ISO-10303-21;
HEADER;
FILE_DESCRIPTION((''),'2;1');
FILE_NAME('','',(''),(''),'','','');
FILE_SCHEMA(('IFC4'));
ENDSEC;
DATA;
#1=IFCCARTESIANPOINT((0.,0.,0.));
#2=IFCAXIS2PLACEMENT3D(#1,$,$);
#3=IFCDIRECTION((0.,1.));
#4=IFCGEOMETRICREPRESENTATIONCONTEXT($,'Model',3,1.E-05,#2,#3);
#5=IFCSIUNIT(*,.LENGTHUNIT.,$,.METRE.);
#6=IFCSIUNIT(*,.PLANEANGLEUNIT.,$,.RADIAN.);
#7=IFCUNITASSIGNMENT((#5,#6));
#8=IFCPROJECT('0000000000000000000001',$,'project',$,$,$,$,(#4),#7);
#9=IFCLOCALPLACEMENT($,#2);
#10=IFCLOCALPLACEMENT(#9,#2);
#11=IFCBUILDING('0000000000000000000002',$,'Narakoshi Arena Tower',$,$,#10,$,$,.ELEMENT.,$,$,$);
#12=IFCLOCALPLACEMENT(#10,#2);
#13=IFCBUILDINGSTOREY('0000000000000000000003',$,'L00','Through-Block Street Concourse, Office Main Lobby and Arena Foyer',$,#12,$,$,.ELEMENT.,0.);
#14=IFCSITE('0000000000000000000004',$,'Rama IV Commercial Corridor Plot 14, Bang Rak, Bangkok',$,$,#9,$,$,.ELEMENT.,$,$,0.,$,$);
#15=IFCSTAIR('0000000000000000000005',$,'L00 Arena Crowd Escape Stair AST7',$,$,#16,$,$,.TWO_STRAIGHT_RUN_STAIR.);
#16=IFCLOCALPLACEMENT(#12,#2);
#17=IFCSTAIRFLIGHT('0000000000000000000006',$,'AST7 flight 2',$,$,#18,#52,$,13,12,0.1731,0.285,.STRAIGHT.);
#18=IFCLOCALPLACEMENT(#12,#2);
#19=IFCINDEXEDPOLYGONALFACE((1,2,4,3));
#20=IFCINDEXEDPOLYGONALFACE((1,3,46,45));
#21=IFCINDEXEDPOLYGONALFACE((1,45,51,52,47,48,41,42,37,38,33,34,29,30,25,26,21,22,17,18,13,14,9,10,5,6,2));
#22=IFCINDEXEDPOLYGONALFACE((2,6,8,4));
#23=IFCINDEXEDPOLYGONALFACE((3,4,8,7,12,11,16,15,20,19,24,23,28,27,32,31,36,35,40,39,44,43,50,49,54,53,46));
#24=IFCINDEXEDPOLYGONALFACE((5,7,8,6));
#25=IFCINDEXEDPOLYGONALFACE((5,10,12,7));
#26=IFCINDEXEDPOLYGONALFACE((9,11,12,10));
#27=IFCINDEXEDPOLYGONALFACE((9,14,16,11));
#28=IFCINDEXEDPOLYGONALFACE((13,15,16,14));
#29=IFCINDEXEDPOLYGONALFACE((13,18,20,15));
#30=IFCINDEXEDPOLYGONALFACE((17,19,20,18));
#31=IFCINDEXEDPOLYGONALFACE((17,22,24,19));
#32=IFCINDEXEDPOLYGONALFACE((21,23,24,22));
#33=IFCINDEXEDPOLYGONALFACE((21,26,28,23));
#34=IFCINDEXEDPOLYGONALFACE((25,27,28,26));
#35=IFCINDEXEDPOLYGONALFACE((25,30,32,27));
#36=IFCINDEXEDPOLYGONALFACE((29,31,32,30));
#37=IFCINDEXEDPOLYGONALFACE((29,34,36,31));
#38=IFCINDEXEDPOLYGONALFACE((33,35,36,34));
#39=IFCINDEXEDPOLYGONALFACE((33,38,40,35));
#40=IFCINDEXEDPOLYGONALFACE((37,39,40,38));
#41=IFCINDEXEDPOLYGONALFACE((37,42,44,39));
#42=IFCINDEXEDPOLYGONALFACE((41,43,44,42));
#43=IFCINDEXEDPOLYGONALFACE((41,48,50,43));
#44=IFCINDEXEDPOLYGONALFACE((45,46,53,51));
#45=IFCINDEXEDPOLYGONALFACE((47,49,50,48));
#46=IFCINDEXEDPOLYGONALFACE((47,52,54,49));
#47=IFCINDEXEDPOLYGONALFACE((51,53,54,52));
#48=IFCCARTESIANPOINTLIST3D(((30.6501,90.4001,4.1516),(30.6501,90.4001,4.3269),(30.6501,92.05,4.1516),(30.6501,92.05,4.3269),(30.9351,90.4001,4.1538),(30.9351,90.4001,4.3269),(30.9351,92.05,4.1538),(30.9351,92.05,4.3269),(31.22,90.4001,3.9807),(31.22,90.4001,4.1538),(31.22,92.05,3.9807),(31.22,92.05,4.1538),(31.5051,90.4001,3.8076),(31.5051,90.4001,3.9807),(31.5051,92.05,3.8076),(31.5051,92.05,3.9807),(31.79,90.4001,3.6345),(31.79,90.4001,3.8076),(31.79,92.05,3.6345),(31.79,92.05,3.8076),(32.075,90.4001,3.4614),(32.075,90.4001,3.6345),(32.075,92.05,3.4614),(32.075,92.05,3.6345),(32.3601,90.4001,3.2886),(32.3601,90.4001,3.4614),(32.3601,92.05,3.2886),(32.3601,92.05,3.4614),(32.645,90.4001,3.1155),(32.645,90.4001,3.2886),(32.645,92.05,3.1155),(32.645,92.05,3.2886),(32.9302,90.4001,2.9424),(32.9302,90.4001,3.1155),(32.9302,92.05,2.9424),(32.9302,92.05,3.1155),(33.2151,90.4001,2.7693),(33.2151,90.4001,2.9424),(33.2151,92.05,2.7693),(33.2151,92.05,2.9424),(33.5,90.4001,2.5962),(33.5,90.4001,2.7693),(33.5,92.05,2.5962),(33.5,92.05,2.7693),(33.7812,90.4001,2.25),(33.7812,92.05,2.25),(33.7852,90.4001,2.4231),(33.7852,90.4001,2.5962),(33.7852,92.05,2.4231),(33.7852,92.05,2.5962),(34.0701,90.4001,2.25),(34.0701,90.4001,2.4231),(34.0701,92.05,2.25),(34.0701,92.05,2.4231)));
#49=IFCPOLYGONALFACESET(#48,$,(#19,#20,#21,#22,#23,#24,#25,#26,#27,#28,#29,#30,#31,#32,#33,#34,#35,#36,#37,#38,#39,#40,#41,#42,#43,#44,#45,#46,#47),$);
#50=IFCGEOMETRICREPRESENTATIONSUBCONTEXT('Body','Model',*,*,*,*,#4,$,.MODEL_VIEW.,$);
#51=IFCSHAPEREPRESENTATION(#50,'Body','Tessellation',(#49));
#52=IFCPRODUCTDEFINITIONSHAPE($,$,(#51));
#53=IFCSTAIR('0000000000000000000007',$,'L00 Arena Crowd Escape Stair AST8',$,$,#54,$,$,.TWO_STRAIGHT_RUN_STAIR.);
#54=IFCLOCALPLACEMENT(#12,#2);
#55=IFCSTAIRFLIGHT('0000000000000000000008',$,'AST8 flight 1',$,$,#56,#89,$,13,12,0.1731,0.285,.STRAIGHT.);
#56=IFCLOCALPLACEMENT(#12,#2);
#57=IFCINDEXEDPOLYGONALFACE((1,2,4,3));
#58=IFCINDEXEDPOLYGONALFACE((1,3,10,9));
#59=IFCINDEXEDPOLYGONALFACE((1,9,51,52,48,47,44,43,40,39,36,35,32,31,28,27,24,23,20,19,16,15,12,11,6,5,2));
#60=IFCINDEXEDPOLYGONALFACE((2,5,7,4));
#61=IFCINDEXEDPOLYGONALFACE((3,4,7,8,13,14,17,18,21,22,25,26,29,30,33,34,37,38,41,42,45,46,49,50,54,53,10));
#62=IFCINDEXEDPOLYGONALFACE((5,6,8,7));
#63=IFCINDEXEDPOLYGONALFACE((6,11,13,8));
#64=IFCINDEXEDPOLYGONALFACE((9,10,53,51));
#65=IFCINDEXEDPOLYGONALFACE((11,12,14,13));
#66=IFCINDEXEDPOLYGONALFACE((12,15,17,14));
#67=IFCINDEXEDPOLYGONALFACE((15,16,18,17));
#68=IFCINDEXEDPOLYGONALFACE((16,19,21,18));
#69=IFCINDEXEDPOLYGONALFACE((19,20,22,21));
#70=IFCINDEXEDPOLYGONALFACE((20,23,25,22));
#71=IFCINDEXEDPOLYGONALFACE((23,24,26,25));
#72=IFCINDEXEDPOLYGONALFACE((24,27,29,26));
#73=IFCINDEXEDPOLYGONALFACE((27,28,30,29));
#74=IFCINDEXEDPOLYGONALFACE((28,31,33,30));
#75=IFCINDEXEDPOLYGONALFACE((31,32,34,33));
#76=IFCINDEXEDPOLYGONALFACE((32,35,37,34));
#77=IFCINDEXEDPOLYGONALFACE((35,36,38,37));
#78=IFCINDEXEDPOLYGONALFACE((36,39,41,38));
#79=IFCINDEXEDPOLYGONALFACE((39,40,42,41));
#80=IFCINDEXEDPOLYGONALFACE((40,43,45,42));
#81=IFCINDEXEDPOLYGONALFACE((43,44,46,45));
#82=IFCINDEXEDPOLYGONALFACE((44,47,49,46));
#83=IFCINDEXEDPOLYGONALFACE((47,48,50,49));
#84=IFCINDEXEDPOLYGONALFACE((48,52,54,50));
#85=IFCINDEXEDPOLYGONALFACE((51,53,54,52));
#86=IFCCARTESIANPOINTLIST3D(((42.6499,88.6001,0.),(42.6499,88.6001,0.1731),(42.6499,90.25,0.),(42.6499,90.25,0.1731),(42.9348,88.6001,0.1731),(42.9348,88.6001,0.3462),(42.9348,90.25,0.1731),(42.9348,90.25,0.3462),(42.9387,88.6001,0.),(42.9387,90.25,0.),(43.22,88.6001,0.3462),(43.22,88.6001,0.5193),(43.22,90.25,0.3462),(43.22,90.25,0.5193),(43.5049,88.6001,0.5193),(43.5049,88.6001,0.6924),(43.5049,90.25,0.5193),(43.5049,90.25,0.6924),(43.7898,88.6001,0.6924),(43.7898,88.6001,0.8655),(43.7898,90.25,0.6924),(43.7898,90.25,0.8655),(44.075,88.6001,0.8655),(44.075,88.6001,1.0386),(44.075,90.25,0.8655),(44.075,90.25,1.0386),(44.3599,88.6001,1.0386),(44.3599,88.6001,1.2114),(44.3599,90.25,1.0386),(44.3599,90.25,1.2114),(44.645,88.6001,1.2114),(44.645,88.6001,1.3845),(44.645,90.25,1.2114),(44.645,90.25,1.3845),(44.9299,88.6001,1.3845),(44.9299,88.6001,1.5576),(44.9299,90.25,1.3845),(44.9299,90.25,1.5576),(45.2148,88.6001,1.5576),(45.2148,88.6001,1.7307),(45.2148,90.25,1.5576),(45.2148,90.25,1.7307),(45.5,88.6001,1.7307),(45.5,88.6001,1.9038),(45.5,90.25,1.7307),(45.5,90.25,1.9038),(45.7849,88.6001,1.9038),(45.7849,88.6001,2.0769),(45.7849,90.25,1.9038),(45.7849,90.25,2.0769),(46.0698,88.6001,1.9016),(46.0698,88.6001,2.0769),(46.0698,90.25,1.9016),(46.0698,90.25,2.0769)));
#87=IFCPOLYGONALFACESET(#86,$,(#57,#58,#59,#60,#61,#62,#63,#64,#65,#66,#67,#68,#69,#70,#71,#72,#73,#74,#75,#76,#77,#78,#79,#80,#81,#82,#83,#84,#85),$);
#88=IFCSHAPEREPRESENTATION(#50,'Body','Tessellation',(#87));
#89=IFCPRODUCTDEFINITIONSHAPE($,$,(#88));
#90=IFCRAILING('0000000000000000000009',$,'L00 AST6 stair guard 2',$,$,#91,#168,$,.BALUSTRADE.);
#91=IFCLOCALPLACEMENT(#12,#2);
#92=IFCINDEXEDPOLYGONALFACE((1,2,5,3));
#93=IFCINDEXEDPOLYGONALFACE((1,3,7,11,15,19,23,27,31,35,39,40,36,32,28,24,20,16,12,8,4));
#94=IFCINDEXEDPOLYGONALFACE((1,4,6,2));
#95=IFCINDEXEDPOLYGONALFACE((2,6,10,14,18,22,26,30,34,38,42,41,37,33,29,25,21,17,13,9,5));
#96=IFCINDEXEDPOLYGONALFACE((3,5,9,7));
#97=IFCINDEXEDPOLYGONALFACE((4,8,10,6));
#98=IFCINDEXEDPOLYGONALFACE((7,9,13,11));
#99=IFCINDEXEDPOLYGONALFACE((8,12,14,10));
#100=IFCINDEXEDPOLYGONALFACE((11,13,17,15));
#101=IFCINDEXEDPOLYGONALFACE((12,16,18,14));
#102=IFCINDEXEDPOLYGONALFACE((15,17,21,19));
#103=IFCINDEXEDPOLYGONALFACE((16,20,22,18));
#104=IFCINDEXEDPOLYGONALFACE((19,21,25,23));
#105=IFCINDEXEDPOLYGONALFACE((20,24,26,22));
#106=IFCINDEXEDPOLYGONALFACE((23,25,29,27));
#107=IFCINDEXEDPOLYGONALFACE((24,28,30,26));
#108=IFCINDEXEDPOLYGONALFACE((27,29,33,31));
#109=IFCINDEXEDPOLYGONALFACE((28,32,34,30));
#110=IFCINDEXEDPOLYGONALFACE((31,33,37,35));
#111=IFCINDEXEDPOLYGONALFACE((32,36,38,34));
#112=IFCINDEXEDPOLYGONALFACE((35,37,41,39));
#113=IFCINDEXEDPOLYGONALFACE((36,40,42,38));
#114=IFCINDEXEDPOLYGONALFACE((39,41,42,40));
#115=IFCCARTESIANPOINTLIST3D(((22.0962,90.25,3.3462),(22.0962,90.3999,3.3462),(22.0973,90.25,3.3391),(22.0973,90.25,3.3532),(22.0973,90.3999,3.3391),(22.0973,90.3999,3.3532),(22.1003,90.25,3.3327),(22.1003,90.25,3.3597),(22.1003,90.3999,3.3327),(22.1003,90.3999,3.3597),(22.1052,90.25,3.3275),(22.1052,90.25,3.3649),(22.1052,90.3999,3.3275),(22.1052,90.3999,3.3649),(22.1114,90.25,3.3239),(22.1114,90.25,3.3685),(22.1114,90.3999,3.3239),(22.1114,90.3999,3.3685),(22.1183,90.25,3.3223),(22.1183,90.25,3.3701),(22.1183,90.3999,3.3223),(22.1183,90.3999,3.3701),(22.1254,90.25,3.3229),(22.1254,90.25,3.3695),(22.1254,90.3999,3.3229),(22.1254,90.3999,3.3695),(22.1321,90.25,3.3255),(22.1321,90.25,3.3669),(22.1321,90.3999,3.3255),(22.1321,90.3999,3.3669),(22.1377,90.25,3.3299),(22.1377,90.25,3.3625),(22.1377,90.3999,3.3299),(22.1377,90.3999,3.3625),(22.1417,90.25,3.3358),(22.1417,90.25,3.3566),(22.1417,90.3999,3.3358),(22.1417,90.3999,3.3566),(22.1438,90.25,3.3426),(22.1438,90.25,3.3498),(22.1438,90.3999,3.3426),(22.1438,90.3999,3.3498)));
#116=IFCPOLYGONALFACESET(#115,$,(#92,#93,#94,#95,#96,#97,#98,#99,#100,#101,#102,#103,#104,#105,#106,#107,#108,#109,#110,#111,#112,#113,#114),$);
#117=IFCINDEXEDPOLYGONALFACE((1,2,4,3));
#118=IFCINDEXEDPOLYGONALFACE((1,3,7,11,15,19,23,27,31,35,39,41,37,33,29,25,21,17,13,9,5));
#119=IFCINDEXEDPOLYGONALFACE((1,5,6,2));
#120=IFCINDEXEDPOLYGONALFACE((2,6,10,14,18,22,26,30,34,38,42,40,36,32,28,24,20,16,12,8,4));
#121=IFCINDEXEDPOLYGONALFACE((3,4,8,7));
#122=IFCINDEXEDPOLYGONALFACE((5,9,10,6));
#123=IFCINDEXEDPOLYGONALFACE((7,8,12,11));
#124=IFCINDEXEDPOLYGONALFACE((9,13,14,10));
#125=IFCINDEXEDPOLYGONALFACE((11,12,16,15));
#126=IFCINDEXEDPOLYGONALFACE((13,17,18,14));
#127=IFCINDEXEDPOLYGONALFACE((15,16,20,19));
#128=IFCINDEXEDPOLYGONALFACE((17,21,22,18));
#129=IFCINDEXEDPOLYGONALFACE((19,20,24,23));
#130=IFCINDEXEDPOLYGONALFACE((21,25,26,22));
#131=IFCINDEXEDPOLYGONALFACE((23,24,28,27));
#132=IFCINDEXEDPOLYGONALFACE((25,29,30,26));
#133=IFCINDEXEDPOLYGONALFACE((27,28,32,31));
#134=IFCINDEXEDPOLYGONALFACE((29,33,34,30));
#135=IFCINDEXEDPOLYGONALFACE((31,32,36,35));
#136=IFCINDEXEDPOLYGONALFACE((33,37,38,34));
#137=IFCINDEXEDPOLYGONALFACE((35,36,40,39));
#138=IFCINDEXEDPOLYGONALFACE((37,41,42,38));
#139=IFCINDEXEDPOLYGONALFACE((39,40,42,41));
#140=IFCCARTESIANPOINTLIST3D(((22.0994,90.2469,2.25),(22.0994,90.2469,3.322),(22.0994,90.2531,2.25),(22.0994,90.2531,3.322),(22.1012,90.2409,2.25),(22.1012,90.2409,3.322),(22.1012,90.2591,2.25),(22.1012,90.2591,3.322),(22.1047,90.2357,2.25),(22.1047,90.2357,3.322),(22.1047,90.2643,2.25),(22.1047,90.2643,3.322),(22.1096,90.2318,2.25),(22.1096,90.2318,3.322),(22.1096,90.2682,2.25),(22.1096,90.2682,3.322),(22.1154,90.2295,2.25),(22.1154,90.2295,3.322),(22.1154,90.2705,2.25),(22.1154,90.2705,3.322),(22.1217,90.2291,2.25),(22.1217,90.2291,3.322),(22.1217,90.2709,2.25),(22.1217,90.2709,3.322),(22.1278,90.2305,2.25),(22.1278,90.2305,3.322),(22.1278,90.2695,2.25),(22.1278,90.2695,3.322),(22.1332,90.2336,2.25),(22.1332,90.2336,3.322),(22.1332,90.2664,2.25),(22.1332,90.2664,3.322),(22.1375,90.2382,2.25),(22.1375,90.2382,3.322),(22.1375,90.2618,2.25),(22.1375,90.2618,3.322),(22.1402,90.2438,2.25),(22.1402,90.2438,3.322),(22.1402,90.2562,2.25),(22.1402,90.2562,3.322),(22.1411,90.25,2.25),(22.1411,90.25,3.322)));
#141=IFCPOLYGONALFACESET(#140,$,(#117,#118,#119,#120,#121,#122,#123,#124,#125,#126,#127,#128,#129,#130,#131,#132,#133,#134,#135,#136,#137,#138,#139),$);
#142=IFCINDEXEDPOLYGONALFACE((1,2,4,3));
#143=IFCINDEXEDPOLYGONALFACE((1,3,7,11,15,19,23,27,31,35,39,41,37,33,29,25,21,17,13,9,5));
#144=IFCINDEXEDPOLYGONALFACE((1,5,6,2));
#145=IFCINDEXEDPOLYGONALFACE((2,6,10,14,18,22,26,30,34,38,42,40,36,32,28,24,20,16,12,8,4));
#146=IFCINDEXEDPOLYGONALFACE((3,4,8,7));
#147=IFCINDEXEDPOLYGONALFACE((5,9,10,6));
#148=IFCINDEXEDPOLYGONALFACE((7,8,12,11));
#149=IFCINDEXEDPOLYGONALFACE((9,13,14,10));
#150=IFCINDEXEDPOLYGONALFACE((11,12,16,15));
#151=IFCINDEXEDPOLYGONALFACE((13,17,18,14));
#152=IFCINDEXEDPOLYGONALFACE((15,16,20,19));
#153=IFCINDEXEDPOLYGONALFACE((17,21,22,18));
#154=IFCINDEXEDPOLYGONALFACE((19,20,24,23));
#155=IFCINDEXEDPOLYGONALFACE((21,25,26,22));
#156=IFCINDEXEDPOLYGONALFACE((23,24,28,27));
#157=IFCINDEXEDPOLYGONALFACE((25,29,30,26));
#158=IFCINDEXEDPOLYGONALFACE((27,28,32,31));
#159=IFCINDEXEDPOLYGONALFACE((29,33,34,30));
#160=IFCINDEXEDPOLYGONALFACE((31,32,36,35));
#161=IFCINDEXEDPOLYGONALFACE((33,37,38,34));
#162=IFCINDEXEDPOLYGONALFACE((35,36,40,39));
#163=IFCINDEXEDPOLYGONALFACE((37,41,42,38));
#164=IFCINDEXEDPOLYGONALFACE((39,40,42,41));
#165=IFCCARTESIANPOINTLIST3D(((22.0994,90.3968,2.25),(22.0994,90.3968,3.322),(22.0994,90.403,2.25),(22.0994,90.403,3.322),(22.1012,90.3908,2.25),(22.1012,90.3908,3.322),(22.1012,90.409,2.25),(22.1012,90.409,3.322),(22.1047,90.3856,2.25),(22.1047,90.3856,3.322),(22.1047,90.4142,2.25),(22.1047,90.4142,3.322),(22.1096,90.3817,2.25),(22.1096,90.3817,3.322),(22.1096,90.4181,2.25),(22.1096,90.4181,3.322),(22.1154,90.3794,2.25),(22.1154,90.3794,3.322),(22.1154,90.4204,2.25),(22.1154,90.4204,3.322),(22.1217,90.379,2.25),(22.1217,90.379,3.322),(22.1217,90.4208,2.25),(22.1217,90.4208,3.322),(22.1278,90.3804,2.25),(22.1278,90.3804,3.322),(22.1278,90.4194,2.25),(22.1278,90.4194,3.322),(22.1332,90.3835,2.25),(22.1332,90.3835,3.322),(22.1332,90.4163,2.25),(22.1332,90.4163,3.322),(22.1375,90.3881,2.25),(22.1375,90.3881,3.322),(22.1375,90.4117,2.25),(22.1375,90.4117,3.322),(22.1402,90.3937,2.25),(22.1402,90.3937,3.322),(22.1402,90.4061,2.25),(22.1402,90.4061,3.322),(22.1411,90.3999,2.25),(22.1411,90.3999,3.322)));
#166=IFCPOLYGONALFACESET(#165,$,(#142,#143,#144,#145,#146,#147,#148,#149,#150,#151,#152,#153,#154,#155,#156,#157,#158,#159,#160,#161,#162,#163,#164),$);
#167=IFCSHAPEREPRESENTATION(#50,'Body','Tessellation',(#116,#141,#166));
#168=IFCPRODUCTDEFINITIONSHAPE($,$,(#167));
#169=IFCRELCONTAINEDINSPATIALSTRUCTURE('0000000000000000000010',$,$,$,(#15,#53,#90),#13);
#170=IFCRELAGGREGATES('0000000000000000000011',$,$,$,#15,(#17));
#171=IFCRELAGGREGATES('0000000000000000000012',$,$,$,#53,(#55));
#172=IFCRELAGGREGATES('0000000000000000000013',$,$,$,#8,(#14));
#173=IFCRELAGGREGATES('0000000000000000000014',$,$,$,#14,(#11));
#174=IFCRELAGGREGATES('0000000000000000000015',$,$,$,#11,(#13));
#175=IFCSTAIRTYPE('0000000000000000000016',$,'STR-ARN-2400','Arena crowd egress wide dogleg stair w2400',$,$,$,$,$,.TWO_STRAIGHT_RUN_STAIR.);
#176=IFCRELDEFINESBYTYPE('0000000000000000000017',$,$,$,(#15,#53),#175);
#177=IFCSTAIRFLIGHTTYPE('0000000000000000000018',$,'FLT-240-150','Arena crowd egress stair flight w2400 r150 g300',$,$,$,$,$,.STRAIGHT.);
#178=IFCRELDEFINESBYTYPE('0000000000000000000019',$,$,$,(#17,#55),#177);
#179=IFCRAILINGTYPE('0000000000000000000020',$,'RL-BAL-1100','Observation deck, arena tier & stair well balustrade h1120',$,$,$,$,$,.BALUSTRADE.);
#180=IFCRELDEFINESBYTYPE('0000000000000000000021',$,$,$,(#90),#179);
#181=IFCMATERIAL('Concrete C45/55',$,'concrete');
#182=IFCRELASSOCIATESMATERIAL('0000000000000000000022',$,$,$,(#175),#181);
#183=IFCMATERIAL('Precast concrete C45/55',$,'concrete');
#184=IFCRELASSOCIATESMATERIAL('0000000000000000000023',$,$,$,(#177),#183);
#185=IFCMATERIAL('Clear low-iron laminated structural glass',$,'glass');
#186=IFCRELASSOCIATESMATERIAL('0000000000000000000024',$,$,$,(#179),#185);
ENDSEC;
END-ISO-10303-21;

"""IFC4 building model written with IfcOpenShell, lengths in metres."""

from ifc_helpers import new_model, si_unit, direction, frame, origin, origin_2d, place, context, subcontext, project, spatial, polyline, circle, outline, extrude, material, type_object, element, aggregate, save


model = new_model("IFC4")

# Units and contexts
model_context = context("Model", 3, precision=1e-05, world=origin(), true_north=direction((0.0, 1.0)))
body_context = subcontext(model_context, "Body", "Model", "MODEL_VIEW")
ifc_project = project(units=[si_unit("LENGTHUNIT", "METRE"), si_unit("PLANEANGLEUNIT", "RADIAN")], contexts=[model_context])

# Site, building, storey
site_placement = place(None, origin())
site = spatial("IfcSite", under=ifc_project, at=site_placement, Name="Rama IV Commercial Corridor Plot 14, Bang Rak, Bangkok", CompositionType="ELEMENT", RefElevation=0.0)
building_placement = place(site_placement, origin())
building = spatial("IfcBuilding", under=site, at=building_placement, Name="Narakoshi Arena Tower", CompositionType="ELEMENT")
storey_placement = place(building_placement, origin())
storey = spatial("IfcBuildingStorey", under=building, at=storey_placement, Name="L00", Description="Through-Block Street Concourse, Office Main Lobby and Arena Foyer", CompositionType="ELEMENT", Elevation=0.0)

# Shared definitions
ifc_material_1 = material(Name="Concrete C45/55", Category="concrete")
stair_type = type_object("IfcStairType", Name="STR-ARN-2400", Description="Arena crowd egress wide dogleg stair w2400", PredefinedType="TWO_STRAIGHT_RUN_STAIR", material=ifc_material_1)
ifc_material_2 = material(Name="Precast concrete C45/55", Category="concrete")
stair_flight_type = type_object("IfcStairFlightType", Name="FLT-240-150", Description="Arena crowd egress stair flight w2400 r150 g300", PredefinedType="STRAIGHT", material=ifc_material_2)

# Stair, stair flight
stair_1_placement = place(storey_placement, origin())
stair_1 = element("IfcStair", 1, at=stair_1_placement, inside=storey, type_object=stair_type, Name="L00 Arena Crowd Escape Stair AST7", PredefinedType="TWO_STRAIGHT_RUN_STAIR")
stair_flight_1_placement = place(storey_placement, frame((34.0701, 91.2251, 2.25), z_axis=(0.0, 0.0, 1.0), x_axis=(-1.0, 0.0, 0.0)))
stair_flight_1 = element("IfcStairFlight", 2, at=stair_flight_1_placement, type_object=stair_flight_type, Name="AST7 flight 2", NumberOfRisers=13, NumberOfTreads=12, PredefinedType="STRAIGHT", RiserHeight=0.1731, TreadLength=0.285, context=body_context, shape_type="SweptSolid", body=[
    extrude(outline(polyline([(0.0, 0.0), (0.0, 0.1731), (0.2849, 0.1731), (0.2849, 0.3462), (0.5701, 0.3462), (0.5701, 0.5193), (0.855, 0.5193), (0.855, 0.6924), (1.1399, 0.6924), (1.1399, 0.8655), (1.425, 0.8655), (1.425, 1.0386), (1.71, 1.0386), (1.71, 1.2114), (1.9951, 1.2114), (1.9951, 1.3845), (2.28, 1.3845), (2.28, 1.5576), (2.5649, 1.5576), (2.5649, 1.7307), (2.8501, 1.7307), (2.8501, 1.9038), (3.135, 1.9038), (3.135, 2.0769), (3.4199, 2.0769), (3.4199, 2.25), (3.4199, 1.9016), (0.2888, 0.0), (0.0, 0.0)])), frame((0.0, 0.825, 0.0), z_axis=(0.0, -1.0, 0.0), x_axis=(1.0, 0.0, 0.0)), (0.0, 0.0, 1.0), 1.6499),
])
aggregate(stair_1, [stair_flight_1])

# Stair, stair flight
stair_2_placement = place(storey_placement, origin())
stair_2 = element("IfcStair", 3, at=stair_2_placement, inside=storey, type_object=stair_type, Name="L00 Arena Crowd Escape Stair AST8", PredefinedType="TWO_STRAIGHT_RUN_STAIR")
stair_flight_2_placement = place(storey_placement, frame((42.6499, 89.425, 0.0), z_axis=(0.0, 0.0, 1.0), x_axis=(1.0, 0.0, 0.0)))
stair_flight_2 = element("IfcStairFlight", 4, at=stair_flight_2_placement, type_object=stair_flight_type, Name="AST8 flight 1", NumberOfRisers=13, NumberOfTreads=12, PredefinedType="STRAIGHT", RiserHeight=0.1731, TreadLength=0.285, context=body_context, shape_type="SweptSolid", body=[
    extrude(outline(polyline([(0.0, 0.0), (0.0, 0.1731), (0.2849, 0.1731), (0.2849, 0.3462), (0.5701, 0.3462), (0.5701, 0.5193), (0.855, 0.5193), (0.855, 0.6924), (1.1399, 0.6924), (1.1399, 0.8655), (1.425, 0.8655), (1.425, 1.0386), (1.71, 1.0386), (1.71, 1.2114), (1.9951, 1.2114), (1.9951, 1.3845), (2.28, 1.3845), (2.28, 1.5576), (2.5649, 1.5576), (2.5649, 1.7307), (2.8501, 1.7307), (2.8501, 1.9038), (3.135, 1.9038), (3.135, 2.0769), (3.4199, 2.0769), (3.4199, 2.25), (3.4199, 1.9016), (0.2888, 0.0), (0.0, 0.0)])), frame((0.0, 0.825, 0.0), z_axis=(0.0, -1.0, 0.0), x_axis=(1.0, 0.0, 0.0)), (0.0, 0.0, 1.0), 1.6499),
])
aggregate(stair_2, [stair_flight_2])

# Railing
ifc_material_3 = material(Name="Clear low-iron laminated structural glass", Category="glass")
railing_type_1 = type_object("IfcRailingType", Name="RL-BAL-1100", Description="Observation deck, arena tier & stair well balustrade h1120", PredefinedType="BALUSTRADE", material=ifc_material_3)
railing_1_placement = place(storey_placement, frame((22.1201, 90.25, 2.25)))
element("IfcRailing", 5, at=railing_1_placement, inside=storey, type_object=railing_type_1, Name="L00 AST6 stair guard 2", PredefinedType="BALUSTRADE", context=body_context, shape_type="SweptSolid", body=[
    extrude(circle(Radius=0.0239, at=origin_2d()), frame((0.0, 0.0, 1.0962), z_axis=(0.0, 1.0, 0.0), x_axis=(-1.0, 0.0, 0.0)), (0.0, 0.0, 1.0), 0.1499),
    extrude(circle(Radius=0.021, at=origin_2d()), origin(), (0.0, 0.0, 1.0), 1.072),
    extrude(circle(Radius=0.021, at=origin_2d()), frame((0.0, 0.1499, 0.0)), (0.0, 0.0, 1.0), 1.072),
])

save(model, "model.ifc")
